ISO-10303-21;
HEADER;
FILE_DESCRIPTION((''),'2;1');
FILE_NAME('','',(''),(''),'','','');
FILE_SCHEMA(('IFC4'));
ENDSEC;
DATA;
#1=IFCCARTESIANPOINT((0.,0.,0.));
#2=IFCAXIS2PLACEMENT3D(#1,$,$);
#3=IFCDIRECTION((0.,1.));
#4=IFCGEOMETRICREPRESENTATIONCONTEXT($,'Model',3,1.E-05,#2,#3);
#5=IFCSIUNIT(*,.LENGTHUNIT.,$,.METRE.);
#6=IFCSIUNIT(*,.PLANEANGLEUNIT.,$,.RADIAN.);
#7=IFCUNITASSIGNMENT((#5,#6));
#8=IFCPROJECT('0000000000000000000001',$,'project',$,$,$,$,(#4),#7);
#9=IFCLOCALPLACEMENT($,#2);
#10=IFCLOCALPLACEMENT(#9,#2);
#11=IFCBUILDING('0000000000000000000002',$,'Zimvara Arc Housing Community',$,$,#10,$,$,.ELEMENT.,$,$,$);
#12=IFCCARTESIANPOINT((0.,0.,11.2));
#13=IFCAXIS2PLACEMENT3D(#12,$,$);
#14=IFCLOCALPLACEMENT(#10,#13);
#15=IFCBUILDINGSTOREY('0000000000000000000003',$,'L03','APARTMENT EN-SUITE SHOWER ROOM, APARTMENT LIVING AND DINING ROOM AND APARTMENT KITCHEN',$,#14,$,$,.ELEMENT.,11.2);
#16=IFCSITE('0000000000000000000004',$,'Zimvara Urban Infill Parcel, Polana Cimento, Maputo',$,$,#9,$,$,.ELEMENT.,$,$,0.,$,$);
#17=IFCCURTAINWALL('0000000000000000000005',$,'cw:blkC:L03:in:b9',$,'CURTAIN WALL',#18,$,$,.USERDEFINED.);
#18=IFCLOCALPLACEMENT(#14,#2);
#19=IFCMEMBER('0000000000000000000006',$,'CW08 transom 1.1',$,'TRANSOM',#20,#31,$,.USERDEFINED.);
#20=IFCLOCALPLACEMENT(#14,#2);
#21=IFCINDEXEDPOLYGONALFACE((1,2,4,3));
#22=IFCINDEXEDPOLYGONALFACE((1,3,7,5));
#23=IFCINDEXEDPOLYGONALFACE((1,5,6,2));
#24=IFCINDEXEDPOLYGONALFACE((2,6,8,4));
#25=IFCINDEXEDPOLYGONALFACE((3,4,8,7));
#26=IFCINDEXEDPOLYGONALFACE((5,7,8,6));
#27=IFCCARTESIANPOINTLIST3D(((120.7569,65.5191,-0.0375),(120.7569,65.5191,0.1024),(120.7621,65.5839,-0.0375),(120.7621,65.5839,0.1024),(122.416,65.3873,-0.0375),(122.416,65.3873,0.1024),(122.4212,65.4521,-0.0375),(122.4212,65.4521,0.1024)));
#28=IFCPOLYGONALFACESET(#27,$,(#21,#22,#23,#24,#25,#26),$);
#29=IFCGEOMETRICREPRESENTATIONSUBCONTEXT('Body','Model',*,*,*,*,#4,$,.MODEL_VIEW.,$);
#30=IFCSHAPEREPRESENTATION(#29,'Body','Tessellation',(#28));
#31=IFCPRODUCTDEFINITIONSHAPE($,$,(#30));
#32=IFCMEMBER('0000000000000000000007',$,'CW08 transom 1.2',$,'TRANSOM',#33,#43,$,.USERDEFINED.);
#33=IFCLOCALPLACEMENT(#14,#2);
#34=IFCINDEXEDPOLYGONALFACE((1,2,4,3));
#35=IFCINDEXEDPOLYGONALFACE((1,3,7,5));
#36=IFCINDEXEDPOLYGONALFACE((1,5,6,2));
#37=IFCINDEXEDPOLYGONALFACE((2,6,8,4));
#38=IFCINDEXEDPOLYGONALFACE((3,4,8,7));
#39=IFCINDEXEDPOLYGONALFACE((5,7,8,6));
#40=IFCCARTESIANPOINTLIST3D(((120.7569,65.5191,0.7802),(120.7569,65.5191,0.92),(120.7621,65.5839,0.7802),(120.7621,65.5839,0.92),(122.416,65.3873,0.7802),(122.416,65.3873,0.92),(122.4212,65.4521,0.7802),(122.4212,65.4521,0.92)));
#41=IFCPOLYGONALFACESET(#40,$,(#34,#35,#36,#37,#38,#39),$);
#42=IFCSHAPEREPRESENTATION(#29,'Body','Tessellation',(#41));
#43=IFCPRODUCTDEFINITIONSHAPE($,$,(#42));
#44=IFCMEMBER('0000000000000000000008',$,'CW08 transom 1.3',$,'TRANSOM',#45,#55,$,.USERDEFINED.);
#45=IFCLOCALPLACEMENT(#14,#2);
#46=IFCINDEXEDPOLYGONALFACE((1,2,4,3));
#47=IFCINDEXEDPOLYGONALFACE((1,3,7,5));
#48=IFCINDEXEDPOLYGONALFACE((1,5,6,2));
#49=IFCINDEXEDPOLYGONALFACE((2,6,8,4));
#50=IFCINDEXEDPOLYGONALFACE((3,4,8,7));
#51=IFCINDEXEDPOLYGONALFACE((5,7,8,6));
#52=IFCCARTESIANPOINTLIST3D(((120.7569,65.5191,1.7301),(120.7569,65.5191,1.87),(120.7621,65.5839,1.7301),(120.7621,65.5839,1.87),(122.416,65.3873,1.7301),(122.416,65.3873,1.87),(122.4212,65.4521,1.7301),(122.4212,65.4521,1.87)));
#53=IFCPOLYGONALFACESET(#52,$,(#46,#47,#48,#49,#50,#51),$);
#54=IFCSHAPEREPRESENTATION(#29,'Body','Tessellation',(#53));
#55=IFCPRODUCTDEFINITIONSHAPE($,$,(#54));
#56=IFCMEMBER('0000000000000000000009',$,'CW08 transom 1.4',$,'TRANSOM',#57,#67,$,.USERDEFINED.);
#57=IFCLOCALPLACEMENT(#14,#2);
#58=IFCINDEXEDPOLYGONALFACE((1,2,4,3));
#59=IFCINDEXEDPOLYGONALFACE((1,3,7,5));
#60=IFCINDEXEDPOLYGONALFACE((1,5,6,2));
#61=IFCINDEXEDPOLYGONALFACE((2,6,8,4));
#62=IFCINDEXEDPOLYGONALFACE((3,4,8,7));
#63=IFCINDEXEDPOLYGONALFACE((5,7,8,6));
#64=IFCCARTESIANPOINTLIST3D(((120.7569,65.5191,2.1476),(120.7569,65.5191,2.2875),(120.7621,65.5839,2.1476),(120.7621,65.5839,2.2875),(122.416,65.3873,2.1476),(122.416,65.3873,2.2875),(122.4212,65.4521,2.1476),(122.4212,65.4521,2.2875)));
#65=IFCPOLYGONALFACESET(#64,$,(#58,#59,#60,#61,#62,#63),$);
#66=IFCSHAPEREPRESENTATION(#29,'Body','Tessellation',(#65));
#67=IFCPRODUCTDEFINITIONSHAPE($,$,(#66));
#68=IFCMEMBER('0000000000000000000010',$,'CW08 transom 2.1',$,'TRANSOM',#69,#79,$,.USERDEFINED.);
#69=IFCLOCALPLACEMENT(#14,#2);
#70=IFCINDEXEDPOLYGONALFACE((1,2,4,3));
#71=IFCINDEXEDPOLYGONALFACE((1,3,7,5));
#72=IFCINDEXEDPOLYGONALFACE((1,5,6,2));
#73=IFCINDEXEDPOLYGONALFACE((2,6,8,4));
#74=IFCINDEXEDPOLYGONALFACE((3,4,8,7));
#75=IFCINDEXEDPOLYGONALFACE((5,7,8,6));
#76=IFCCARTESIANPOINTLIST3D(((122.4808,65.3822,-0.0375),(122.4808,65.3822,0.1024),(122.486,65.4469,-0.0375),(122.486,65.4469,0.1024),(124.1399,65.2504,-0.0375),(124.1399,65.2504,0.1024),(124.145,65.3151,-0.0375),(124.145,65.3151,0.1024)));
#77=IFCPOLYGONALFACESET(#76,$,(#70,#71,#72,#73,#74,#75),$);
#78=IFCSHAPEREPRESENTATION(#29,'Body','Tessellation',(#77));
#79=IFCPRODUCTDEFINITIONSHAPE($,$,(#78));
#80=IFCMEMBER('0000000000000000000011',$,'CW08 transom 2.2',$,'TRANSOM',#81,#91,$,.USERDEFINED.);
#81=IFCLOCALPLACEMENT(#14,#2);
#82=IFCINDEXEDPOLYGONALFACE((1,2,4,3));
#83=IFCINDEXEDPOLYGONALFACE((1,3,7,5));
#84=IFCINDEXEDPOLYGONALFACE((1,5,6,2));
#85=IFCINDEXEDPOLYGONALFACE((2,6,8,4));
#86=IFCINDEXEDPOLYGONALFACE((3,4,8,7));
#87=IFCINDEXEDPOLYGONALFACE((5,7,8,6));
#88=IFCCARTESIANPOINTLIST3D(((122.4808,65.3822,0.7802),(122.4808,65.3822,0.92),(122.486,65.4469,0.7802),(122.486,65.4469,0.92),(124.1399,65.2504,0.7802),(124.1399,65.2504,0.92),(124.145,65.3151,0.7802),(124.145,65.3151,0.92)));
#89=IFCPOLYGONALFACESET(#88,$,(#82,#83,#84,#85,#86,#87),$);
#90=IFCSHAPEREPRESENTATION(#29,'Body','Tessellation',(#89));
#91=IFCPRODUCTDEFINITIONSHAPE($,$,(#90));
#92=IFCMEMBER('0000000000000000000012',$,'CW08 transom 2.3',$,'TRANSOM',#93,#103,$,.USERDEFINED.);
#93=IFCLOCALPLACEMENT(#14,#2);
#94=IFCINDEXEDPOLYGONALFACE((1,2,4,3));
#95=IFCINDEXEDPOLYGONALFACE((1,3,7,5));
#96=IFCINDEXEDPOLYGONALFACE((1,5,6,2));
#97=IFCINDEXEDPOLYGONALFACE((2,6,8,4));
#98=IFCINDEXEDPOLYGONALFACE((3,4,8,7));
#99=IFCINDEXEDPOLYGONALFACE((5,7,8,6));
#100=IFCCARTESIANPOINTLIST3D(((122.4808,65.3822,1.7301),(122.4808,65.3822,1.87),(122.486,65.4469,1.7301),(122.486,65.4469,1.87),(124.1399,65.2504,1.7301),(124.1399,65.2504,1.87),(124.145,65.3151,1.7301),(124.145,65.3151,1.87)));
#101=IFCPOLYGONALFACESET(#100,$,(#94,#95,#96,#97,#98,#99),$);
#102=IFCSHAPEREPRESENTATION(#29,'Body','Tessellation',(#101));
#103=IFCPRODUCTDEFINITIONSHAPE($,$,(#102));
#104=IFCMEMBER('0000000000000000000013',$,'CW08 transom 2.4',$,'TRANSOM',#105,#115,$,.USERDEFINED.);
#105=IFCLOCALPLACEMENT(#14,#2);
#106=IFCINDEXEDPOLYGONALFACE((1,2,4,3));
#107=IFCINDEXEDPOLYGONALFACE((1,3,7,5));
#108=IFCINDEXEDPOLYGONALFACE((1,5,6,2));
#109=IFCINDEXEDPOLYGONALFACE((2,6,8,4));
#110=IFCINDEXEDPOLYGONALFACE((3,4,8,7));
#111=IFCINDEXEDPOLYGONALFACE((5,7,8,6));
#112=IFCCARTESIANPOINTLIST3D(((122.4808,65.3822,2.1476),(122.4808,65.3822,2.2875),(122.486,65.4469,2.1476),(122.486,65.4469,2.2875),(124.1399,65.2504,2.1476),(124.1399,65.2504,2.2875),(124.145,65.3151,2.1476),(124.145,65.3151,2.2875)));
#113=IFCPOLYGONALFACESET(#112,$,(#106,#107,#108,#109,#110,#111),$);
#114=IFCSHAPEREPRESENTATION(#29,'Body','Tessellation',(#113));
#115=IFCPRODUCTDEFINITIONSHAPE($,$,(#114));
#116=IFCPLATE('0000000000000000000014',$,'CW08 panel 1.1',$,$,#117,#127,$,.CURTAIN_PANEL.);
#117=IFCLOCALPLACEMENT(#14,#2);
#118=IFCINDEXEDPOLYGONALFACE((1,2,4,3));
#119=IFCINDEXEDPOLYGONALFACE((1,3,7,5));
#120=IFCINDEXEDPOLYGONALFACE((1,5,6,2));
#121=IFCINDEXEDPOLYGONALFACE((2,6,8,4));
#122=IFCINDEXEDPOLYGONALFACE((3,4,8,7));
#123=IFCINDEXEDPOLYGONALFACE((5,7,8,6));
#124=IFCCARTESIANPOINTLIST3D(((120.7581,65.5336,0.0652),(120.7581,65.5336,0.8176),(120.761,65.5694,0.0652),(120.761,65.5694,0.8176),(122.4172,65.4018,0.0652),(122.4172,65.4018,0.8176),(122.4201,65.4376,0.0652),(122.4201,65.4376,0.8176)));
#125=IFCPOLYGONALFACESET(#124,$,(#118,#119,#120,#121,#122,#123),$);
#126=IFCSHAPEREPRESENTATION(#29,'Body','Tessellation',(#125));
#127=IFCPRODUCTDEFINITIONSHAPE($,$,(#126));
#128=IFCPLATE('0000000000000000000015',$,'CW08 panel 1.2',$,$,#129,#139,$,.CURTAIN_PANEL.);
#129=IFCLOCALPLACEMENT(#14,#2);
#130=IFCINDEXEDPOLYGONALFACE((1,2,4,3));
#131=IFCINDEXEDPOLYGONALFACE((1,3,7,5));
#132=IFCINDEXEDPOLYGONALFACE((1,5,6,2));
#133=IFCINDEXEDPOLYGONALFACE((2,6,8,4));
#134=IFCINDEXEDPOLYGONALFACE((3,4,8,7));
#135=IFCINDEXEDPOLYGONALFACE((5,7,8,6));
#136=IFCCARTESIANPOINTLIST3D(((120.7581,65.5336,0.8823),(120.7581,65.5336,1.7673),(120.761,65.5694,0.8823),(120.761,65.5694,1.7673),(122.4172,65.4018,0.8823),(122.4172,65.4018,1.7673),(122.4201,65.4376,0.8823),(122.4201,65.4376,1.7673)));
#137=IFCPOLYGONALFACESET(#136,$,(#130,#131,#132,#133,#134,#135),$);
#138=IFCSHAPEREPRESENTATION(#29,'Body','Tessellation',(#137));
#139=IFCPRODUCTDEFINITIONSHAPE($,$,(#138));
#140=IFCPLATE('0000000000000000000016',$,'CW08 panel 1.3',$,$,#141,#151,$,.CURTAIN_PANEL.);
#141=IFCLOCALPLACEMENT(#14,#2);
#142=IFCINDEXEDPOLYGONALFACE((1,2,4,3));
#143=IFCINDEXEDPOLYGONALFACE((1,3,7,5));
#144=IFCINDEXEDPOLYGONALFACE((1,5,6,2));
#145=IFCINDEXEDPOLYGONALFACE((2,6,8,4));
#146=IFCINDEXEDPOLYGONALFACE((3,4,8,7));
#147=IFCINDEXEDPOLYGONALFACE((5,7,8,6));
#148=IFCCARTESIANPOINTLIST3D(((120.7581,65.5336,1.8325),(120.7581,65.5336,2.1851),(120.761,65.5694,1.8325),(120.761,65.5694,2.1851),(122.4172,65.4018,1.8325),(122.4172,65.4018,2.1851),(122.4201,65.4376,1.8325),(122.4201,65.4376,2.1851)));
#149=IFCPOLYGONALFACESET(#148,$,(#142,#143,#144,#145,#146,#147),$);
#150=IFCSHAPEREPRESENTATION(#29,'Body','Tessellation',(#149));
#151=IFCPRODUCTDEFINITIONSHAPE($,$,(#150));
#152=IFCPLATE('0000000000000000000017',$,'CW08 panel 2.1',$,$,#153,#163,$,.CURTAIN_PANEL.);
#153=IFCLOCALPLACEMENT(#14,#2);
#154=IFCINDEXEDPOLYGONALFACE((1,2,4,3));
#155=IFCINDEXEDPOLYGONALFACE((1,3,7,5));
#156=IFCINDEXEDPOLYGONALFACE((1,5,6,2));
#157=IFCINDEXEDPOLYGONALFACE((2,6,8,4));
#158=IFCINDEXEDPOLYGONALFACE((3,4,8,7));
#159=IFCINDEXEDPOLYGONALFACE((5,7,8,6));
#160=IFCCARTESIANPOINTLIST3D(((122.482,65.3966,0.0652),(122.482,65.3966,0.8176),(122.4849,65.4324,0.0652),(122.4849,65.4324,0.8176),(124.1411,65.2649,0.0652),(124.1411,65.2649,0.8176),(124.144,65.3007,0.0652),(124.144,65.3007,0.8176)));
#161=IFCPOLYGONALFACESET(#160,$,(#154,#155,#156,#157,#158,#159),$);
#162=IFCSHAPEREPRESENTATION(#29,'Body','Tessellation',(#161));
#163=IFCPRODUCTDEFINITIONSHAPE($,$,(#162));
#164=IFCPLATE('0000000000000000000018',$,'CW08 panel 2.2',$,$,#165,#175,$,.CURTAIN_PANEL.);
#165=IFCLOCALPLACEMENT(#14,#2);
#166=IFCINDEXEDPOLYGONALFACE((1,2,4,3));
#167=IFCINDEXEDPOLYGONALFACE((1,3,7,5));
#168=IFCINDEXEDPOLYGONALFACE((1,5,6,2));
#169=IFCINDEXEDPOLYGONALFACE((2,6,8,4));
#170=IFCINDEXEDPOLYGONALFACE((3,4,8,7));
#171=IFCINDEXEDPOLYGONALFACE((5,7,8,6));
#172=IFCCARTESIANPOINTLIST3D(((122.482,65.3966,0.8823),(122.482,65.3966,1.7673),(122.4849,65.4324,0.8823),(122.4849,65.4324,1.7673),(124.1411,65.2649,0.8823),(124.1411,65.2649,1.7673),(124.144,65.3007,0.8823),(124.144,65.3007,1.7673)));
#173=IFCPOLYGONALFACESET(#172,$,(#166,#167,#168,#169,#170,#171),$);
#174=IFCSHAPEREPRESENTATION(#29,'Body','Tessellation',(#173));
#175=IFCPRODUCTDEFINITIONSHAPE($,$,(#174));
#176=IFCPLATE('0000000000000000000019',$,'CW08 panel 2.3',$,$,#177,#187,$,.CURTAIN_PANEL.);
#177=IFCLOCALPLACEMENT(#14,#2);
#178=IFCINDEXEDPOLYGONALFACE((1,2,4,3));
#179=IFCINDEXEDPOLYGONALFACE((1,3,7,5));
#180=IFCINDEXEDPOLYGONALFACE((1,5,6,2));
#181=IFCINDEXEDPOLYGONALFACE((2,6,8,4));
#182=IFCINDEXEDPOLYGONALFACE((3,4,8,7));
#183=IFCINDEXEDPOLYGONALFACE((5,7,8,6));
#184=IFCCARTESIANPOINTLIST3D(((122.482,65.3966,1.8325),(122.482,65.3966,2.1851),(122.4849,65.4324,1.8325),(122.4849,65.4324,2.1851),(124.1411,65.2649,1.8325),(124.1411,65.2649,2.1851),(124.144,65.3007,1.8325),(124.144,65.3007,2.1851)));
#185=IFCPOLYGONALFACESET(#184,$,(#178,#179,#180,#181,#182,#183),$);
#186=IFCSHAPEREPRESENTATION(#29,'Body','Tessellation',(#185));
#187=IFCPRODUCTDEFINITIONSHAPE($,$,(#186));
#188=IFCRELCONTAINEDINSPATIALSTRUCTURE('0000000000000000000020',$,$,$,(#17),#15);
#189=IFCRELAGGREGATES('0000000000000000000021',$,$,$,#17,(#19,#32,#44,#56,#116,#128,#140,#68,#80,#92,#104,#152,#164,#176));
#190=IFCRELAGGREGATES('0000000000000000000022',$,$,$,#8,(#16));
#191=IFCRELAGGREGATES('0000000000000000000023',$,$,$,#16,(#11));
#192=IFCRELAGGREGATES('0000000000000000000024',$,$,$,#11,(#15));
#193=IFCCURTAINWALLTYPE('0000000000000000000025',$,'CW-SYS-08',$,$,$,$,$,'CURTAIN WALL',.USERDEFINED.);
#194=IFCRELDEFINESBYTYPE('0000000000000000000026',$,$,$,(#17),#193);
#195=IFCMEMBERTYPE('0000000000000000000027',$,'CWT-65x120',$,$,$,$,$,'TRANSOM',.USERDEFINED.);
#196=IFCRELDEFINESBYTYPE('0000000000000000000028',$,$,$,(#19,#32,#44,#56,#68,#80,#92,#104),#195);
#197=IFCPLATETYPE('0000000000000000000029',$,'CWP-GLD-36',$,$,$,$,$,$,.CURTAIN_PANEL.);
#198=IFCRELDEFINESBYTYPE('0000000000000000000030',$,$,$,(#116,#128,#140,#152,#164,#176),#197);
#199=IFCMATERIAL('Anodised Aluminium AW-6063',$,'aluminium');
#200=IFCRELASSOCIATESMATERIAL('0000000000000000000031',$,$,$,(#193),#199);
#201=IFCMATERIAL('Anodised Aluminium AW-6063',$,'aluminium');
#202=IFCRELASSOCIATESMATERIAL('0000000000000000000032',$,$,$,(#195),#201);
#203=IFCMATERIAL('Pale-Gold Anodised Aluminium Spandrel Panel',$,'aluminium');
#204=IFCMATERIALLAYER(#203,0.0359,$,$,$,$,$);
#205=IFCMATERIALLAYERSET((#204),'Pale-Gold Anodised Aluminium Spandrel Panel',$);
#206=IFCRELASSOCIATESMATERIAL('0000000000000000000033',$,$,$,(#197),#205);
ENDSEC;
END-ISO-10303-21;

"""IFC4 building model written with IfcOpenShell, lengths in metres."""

from ifc_helpers import new_model, si_unit, direction, frame, origin, origin_2d, place, context, subcontext, project, spatial, rectangle, extrude, material, layer, layer_set, material_profile, profile_set, type_object, element, aggregate, save


model = new_model("IFC4")

# Units and contexts
model_context = context("Model", 3, precision=1e-05, world=origin(), true_north=direction((0.0, 1.0)))
body_context = subcontext(model_context, "Body", "Model", "MODEL_VIEW")
ifc_project = project(units=[si_unit("LENGTHUNIT", "METRE"), si_unit("PLANEANGLEUNIT", "RADIAN")], contexts=[model_context])

# Site, building, storey
site_placement = place(None, origin())
site = spatial("IfcSite", under=ifc_project, at=site_placement, Name="Zimvara Urban Infill Parcel, Polana Cimento, Maputo", CompositionType="ELEMENT", RefElevation=0.0)
building_placement = place(site_placement, origin())
building = spatial("IfcBuilding", under=site, at=building_placement, Name="Zimvara Arc Housing Community", CompositionType="ELEMENT")
storey_placement = place(building_placement, frame((0.0, 0.0, 11.2)))
storey = spatial("IfcBuildingStorey", under=building, at=storey_placement, Name="L03", Description="APARTMENT EN-SUITE SHOWER ROOM, APARTMENT LIVING AND DINING ROOM AND APARTMENT KITCHEN", CompositionType="ELEMENT", Elevation=11.2)

# Curtain wall, members, plates
ifc_material_1 = material(Name="Anodised Aluminium AW-6063", Category="aluminium")
curtain_wall_type_1 = type_object("IfcCurtainWallType", Name="CW-SYS-08", ElementType="CURTAIN WALL", PredefinedType="USERDEFINED", material=ifc_material_1)
curtain_wall_1_placement = place(storey_placement, origin())
curtain_wall_1 = element("IfcCurtainWall", 1, at=curtain_wall_1_placement, inside=storey, type_object=curtain_wall_type_1, Name="cw:blkC:L03:in:b9", ObjectType="CURTAIN WALL", PredefinedType="USERDEFINED")
ifc_material_2 = material(Name="Anodised Aluminium AW-6063", Category="aluminium")
ifc_material_profile_1 = material_profile(ifc_material_2, rectangle(XDim=0.0649, YDim=0.1399, at=origin_2d()), Name="ALU 65x140")
ifc_profile_set_1 = profile_set([ifc_material_profile_1], Name="Anodised Aluminium AW-6063")
member_type_1 = type_object("IfcMemberType", Name="CWT-65x120", ElementType="TRANSOM", PredefinedType="USERDEFINED", material=ifc_profile_set_1)
member_1_placement = place(storey_placement, frame((120.7595, 65.5515, 0.0325), z_axis=(0.996858, -0.079209, 0.0), x_axis=(0.079209, 0.996858, 0.0)))
member_1 = element("IfcMember", 2, at=member_1_placement, type_object=member_type_1, Name="CW08 transom 1.1", ObjectType="TRANSOM", PredefinedType="USERDEFINED", context=body_context, shape_type="SweptSolid", body=[
    extrude(rectangle(XDim=0.0649, YDim=0.1399, at=origin_2d()), origin(), (0.0, 0.0, 1.0), 1.6643),
])
member_2_placement = place(storey_placement, frame((120.7595, 65.5515, 0.8501), z_axis=(0.996858, -0.079209, 0.0), x_axis=(0.079209, 0.996858, 0.0)))
member_2 = element("IfcMember", 3, at=member_2_placement, type_object=member_type_1, Name="CW08 transom 1.2", ObjectType="TRANSOM", PredefinedType="USERDEFINED", context=body_context, shape_type="SweptSolid", body=[
    extrude(rectangle(XDim=0.0649, YDim=0.1399, at=origin_2d()), origin(), (0.0, 0.0, 1.0), 1.6643),
])
member_3_placement = place(storey_placement, frame((120.7595, 65.5515, 1.8), z_axis=(0.996858, -0.079209, 0.0), x_axis=(0.079209, 0.996858, 0.0)))
member_3 = element("IfcMember", 4, at=member_3_placement, type_object=member_type_1, Name="CW08 transom 1.3", ObjectType="TRANSOM", PredefinedType="USERDEFINED", context=body_context, shape_type="SweptSolid", body=[
    extrude(rectangle(XDim=0.0649, YDim=0.1399, at=origin_2d()), origin(), (0.0, 0.0, 1.0), 1.6643),
])
member_4_placement = place(storey_placement, frame((120.7595, 65.5515, 2.2175), z_axis=(0.996858, -0.079209, 0.0), x_axis=(0.079209, 0.996858, 0.0)))
member_4 = element("IfcMember", 5, at=member_4_placement, type_object=member_type_1, Name="CW08 transom 1.4", ObjectType="TRANSOM", PredefinedType="USERDEFINED", context=body_context, shape_type="SweptSolid", body=[
    extrude(rectangle(XDim=0.0649, YDim=0.1399, at=origin_2d()), origin(), (0.0, 0.0, 1.0), 1.6643),
])
member_5_placement = place(storey_placement, frame((122.4834, 65.4146, 0.0325), z_axis=(0.996858, -0.079209, 0.0), x_axis=(0.079209, 0.996858, 0.0)))
member_5 = element("IfcMember", 6, at=member_5_placement, type_object=member_type_1, Name="CW08 transom 2.1", ObjectType="TRANSOM", PredefinedType="USERDEFINED", context=body_context, shape_type="SweptSolid", body=[
    extrude(rectangle(XDim=0.0649, YDim=0.1399, at=origin_2d()), origin(), (0.0, 0.0, 1.0), 1.6643),
])
member_6_placement = place(storey_placement, frame((122.4834, 65.4146, 0.8501), z_axis=(0.996858, -0.079209, 0.0), x_axis=(0.079209, 0.996858, 0.0)))
member_6 = element("IfcMember", 7, at=member_6_placement, type_object=member_type_1, Name="CW08 transom 2.2", ObjectType="TRANSOM", PredefinedType="USERDEFINED", context=body_context, shape_type="SweptSolid", body=[
    extrude(rectangle(XDim=0.0649, YDim=0.1399, at=origin_2d()), origin(), (0.0, 0.0, 1.0), 1.6643),
])
member_7_placement = place(storey_placement, frame((122.4834, 65.4146, 1.8), z_axis=(0.996858, -0.079209, 0.0), x_axis=(0.079209, 0.996858, 0.0)))
member_7 = element("IfcMember", 8, at=member_7_placement, type_object=member_type_1, Name="CW08 transom 2.3", ObjectType="TRANSOM", PredefinedType="USERDEFINED", context=body_context, shape_type="SweptSolid", body=[
    extrude(rectangle(XDim=0.0649, YDim=0.1399, at=origin_2d()), origin(), (0.0, 0.0, 1.0), 1.6643),
])
member_8_placement = place(storey_placement, frame((122.4834, 65.4146, 2.2175), z_axis=(0.996858, -0.079209, 0.0), x_axis=(0.079209, 0.996858, 0.0)))
member_8 = element("IfcMember", 9, at=member_8_placement, type_object=member_type_1, Name="CW08 transom 2.4", ObjectType="TRANSOM", PredefinedType="USERDEFINED", context=body_context, shape_type="SweptSolid", body=[
    extrude(rectangle(XDim=0.0649, YDim=0.1399, at=origin_2d()), origin(), (0.0, 0.0, 1.0), 1.6643),
])
ifc_material_3 = material(Name="Pale-Gold Anodised Aluminium Spandrel Panel", Category="aluminium")
ifc_layer_1 = layer(ifc_material_3, 0.0359)
ifc_layer_set_1 = layer_set([ifc_layer_1], Name="Pale-Gold Anodised Aluminium Spandrel Panel")
plate_type = type_object("IfcPlateType", Name="CWP-GLD-36", PredefinedType="CURTAIN_PANEL", material=ifc_layer_set_1)
plate_1_placement = place(storey_placement, frame((121.5891, 65.4856, 0.0652), z_axis=(0.0, 0.0, 1.0), x_axis=(0.996862, -0.079155, 0.0)))
plate_1 = element("IfcPlate", 10, at=plate_1_placement, type_object=plate_type, Name="CW08 panel 1.1", PredefinedType="CURTAIN_PANEL", context=body_context, shape_type="SweptSolid", body=[
    extrude(rectangle(XDim=1.6643, YDim=0.0359, at=origin_2d()), origin(), (0.0, 0.0, 1.0), 0.7524),
])
plate_2_placement = place(storey_placement, frame((121.5891, 65.4856, 0.8823), z_axis=(0.0, 0.0, 1.0), x_axis=(0.996862, -0.079155, 0.0)))
plate_2 = element("IfcPlate", 11, at=plate_2_placement, type_object=plate_type, Name="CW08 panel 1.2", PredefinedType="CURTAIN_PANEL", context=body_context, shape_type="SweptSolid", body=[
    extrude(rectangle(XDim=1.6643, YDim=0.0359, at=origin_2d()), origin(), (0.0, 0.0, 1.0), 0.885),
])
plate_3_placement = place(storey_placement, frame((121.5891, 65.4856, 1.8325), z_axis=(0.0, 0.0, 1.0), x_axis=(0.996862, -0.079155, 0.0)))
plate_3 = element("IfcPlate", 12, at=plate_3_placement, type_object=plate_type, Name="CW08 panel 1.3", PredefinedType="CURTAIN_PANEL", context=body_context, shape_type="SweptSolid", body=[
    extrude(rectangle(XDim=1.6643, YDim=0.0359, at=origin_2d()), origin(), (0.0, 0.0, 1.0), 0.3525),
])
plate_4_placement = place(storey_placement, frame((123.313, 65.3486, 0.0652), z_axis=(0.0, 0.0, 1.0), x_axis=(0.996862, -0.079155, 0.0)))
plate_4 = element("IfcPlate", 13, at=plate_4_placement, type_object=plate_type, Name="CW08 panel 2.1", PredefinedType="CURTAIN_PANEL", context=body_context, shape_type="SweptSolid", body=[
    extrude(rectangle(XDim=1.6643, YDim=0.0359, at=origin_2d()), origin(), (0.0, 0.0, 1.0), 0.7524),
])
plate_5_placement = place(storey_placement, frame((123.313, 65.3486, 0.8823), z_axis=(0.0, 0.0, 1.0), x_axis=(0.996862, -0.079155, 0.0)))
plate_5 = element("IfcPlate", 14, at=plate_5_placement, type_object=plate_type, Name="CW08 panel 2.2", PredefinedType="CURTAIN_PANEL", context=body_context, shape_type="SweptSolid", body=[
    extrude(rectangle(XDim=1.6643, YDim=0.0359, at=origin_2d()), origin(), (0.0, 0.0, 1.0), 0.885),
])
plate_6_placement = place(storey_placement, frame((123.313, 65.3486, 1.8325), z_axis=(0.0, 0.0, 1.0), x_axis=(0.996862, -0.079155, 0.0)))
plate_6 = element("IfcPlate", 15, at=plate_6_placement, type_object=plate_type, Name="CW08 panel 2.3", PredefinedType="CURTAIN_PANEL", context=body_context, shape_type="SweptSolid", body=[
    extrude(rectangle(XDim=1.6643, YDim=0.0359, at=origin_2d()), origin(), (0.0, 0.0, 1.0), 0.3525),
])
aggregate(curtain_wall_1, [member_1, member_2, member_3, member_4, plate_1, plate_2, plate_3, member_5, member_6, member_7, member_8, plate_4, plate_5, plate_6])

save(model, "model.ifc")
